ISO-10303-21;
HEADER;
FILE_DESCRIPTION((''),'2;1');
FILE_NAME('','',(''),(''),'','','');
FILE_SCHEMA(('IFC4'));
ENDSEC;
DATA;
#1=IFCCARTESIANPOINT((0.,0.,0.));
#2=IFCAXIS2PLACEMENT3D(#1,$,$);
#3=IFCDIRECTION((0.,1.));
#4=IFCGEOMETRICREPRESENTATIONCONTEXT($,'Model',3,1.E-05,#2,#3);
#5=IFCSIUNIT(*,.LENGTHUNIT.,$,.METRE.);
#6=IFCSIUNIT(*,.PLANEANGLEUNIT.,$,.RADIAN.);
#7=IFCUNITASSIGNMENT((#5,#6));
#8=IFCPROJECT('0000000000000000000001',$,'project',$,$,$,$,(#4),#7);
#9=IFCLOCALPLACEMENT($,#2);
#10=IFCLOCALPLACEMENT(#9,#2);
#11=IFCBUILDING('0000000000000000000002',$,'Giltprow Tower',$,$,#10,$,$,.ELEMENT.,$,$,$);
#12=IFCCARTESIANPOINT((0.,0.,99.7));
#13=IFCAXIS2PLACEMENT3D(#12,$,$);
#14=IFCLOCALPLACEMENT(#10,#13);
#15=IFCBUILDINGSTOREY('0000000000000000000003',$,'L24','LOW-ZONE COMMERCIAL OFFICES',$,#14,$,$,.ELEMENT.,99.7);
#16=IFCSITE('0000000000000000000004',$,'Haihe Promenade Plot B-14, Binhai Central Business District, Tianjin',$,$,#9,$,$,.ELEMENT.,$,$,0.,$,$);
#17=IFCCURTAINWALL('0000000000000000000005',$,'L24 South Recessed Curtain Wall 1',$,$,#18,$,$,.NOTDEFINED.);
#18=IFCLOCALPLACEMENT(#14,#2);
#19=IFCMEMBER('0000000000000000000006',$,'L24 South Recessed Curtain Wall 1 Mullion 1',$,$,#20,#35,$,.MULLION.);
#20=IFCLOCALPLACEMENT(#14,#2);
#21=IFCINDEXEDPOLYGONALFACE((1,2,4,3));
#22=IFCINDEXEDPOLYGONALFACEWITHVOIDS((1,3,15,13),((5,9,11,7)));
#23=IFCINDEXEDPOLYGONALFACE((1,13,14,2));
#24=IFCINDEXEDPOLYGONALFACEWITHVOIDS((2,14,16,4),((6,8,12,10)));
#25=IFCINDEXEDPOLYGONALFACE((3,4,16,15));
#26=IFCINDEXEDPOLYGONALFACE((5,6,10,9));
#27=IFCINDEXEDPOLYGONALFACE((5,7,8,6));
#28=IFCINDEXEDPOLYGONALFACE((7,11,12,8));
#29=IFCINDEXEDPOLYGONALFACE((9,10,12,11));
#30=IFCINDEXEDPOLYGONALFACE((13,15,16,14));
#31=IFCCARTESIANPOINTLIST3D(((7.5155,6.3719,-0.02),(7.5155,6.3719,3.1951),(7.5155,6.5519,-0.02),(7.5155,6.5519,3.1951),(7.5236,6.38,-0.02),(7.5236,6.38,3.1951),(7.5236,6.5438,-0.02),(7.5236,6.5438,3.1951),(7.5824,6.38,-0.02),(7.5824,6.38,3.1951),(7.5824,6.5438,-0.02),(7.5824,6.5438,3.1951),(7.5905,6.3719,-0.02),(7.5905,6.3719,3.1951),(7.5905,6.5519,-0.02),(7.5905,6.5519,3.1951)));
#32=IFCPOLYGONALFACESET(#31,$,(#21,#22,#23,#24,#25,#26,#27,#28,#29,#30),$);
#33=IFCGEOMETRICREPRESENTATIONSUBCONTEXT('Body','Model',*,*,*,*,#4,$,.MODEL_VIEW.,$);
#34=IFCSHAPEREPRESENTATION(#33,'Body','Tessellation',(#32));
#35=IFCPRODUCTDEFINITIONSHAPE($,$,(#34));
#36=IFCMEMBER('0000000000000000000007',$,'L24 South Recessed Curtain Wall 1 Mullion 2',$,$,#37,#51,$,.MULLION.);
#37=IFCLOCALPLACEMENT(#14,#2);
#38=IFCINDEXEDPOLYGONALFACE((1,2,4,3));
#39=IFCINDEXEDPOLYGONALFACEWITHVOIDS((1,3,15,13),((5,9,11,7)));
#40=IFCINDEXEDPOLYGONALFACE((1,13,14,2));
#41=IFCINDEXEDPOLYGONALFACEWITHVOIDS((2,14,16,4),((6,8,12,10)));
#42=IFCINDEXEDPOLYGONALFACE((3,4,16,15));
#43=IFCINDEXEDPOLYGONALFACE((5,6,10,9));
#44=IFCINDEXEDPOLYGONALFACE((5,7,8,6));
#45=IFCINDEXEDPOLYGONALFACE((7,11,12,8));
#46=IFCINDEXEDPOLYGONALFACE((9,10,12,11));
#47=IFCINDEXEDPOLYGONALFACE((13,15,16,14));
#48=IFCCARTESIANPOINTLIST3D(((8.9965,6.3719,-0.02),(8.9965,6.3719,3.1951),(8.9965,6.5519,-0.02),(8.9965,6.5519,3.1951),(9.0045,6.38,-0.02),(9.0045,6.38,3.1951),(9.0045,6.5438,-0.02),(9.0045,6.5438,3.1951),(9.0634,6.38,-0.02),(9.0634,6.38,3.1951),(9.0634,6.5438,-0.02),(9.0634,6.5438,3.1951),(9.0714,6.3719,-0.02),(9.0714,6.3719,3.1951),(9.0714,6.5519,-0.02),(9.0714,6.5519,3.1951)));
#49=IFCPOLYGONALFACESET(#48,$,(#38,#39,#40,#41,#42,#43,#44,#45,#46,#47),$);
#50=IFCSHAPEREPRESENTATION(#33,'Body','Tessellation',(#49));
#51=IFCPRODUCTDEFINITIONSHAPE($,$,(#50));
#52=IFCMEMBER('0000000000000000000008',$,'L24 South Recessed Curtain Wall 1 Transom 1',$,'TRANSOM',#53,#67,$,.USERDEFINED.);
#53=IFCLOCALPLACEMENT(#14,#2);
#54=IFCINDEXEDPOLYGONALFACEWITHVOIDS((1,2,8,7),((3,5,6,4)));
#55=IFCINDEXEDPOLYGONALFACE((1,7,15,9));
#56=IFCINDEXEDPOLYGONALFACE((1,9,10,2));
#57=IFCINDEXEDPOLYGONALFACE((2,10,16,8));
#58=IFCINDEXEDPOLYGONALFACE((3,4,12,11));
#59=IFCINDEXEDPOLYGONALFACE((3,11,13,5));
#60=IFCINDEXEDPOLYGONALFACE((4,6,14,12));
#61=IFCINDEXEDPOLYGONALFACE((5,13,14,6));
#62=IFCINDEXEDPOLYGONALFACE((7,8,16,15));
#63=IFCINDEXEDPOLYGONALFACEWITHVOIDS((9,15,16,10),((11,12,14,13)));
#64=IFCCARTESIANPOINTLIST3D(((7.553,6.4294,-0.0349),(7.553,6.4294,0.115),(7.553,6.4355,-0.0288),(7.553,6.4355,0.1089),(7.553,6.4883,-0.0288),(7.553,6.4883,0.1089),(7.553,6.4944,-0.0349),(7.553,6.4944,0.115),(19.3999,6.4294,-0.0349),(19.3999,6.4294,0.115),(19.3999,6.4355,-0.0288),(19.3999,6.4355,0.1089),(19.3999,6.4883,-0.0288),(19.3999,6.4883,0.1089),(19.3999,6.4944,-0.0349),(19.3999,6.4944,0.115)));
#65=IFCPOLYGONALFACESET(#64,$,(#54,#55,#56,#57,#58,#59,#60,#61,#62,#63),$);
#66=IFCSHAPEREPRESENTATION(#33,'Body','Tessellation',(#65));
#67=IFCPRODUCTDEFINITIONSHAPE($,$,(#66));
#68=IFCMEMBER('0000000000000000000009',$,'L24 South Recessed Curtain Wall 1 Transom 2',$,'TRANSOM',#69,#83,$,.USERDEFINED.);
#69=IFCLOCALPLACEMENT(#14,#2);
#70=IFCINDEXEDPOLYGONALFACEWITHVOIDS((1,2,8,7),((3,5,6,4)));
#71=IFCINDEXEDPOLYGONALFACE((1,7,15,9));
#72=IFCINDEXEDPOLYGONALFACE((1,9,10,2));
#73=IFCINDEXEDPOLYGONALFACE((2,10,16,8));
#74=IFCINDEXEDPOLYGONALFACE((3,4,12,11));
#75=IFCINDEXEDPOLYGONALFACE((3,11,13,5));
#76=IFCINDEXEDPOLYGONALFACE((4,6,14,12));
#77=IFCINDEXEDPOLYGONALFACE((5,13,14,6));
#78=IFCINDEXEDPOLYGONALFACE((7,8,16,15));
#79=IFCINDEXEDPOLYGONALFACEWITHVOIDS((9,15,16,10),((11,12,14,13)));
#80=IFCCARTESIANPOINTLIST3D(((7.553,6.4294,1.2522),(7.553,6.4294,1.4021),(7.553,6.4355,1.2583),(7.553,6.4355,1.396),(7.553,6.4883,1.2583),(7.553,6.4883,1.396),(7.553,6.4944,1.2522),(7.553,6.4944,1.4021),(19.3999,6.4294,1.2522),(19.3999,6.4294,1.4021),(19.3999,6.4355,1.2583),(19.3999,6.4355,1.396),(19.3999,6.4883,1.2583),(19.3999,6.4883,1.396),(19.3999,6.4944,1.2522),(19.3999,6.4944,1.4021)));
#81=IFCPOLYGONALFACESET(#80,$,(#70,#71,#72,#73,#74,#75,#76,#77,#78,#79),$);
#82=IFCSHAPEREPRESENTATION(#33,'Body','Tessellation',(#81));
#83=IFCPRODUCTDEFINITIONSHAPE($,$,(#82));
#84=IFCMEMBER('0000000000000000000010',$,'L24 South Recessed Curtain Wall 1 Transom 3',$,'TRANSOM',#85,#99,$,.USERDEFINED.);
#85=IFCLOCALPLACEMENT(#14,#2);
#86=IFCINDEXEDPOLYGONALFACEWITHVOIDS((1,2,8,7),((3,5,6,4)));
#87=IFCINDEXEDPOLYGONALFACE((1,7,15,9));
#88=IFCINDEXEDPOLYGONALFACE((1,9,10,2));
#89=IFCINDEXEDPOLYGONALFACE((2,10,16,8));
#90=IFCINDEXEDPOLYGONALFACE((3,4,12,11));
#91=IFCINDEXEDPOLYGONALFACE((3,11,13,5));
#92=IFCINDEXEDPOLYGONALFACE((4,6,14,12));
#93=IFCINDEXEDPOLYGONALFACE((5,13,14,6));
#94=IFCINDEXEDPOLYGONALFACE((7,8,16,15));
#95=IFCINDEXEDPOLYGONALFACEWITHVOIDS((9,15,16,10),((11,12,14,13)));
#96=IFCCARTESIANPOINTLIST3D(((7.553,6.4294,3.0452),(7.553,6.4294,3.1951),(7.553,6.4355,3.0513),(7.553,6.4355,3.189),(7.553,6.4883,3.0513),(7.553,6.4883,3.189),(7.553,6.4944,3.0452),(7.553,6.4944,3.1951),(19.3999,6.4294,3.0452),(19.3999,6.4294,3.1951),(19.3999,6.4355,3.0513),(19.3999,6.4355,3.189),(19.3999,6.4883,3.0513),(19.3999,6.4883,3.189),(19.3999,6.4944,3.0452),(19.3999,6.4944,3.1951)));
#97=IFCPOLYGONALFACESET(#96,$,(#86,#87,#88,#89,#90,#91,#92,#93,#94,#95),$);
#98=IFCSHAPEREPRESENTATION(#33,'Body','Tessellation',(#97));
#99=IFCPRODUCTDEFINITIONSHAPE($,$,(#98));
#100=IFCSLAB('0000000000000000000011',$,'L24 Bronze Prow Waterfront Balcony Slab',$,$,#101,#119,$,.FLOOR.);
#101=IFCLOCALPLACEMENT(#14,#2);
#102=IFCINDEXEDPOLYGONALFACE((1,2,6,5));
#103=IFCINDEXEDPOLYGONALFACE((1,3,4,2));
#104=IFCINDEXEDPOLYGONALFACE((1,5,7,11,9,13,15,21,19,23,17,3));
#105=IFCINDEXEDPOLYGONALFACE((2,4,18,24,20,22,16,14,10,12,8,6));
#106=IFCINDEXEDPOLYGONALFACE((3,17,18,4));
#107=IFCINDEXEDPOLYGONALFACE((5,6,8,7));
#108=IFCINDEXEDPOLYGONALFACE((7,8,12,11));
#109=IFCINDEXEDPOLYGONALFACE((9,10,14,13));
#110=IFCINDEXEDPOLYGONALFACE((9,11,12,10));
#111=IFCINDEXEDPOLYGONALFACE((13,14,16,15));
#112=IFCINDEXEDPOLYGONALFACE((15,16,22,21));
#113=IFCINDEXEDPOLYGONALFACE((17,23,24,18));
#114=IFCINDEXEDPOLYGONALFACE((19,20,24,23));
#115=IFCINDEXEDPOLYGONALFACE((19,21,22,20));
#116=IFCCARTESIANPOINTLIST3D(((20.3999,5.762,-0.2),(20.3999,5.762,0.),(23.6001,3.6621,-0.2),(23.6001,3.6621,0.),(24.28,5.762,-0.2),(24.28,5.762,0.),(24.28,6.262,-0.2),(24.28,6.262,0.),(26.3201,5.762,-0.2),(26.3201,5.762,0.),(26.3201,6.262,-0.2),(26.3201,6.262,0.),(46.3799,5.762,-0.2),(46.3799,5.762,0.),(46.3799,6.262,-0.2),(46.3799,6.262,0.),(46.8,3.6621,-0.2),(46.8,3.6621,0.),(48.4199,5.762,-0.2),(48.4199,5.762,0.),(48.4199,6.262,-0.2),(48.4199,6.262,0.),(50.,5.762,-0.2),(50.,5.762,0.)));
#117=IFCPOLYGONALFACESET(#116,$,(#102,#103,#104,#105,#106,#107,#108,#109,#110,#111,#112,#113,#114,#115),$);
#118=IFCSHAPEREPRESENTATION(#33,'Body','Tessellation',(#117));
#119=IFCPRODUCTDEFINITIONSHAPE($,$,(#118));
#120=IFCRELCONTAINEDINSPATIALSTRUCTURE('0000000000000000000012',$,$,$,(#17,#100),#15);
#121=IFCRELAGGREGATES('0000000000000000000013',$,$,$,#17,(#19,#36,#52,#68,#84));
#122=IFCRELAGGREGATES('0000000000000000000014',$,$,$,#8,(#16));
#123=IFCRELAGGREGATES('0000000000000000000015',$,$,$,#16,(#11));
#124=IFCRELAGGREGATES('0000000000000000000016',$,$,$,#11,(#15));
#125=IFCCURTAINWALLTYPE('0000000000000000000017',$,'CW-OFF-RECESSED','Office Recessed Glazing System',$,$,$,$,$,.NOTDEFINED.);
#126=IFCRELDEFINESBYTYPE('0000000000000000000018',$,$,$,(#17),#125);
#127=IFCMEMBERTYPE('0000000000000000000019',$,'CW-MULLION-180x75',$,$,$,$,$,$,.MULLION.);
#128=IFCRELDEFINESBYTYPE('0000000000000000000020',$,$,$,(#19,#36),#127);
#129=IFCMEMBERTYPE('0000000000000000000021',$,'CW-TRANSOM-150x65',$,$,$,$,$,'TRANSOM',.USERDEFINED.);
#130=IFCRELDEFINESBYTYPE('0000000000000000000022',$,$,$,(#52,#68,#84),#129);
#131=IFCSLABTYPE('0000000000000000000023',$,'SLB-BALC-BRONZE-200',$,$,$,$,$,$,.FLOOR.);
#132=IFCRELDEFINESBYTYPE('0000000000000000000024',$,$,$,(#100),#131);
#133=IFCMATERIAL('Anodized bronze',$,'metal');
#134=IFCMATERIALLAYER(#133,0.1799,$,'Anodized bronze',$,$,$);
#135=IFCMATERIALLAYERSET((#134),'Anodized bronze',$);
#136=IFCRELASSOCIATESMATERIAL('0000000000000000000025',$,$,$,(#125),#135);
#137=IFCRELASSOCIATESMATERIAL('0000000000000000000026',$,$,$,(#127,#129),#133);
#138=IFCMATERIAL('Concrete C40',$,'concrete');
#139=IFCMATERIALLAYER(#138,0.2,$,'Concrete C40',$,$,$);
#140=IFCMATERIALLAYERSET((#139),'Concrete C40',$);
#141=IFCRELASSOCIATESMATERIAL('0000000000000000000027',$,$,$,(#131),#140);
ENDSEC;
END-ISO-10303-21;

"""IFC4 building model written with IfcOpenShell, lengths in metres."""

from ifc_helpers import new_model, si_unit, direction, frame, origin, origin_2d, place, context, subcontext, project, spatial, polyline, hollow_rectangle, outline, extrude, source, transform, mapped, material, layer, layer_set, material_profile, profile_set, type_object, element, aggregate, save


model = new_model("IFC4")

# Units and contexts
model_context = context("Model", 3, precision=1e-05, world=origin(), true_north=direction((0.0, 1.0)))
body_context = subcontext(model_context, "Body", "Model", "MODEL_VIEW")
ifc_project = project(units=[si_unit("LENGTHUNIT", "METRE"), si_unit("PLANEANGLEUNIT", "RADIAN")], contexts=[model_context])

# Site, building, storey
site_placement = place(None, origin())
site = spatial("IfcSite", under=ifc_project, at=site_placement, Name="Haihe Promenade Plot B-14, Binhai Central Business District, Tianjin", CompositionType="ELEMENT", RefElevation=0.0)
building_placement = place(site_placement, origin())
building = spatial("IfcBuilding", under=site, at=building_placement, Name="Giltprow Tower", CompositionType="ELEMENT")
storey_placement = place(building_placement, frame((0.0, 0.0, 99.7)))
storey = spatial("IfcBuildingStorey", under=building, at=storey_placement, Name="L24", Description="LOW-ZONE COMMERCIAL OFFICES", CompositionType="ELEMENT", Elevation=99.7)

# Curtain wall, members
ifc_material_1 = material(Name="Anodized bronze", Category="metal")
ifc_layer_1 = layer(ifc_material_1, 0.1799, Name="Anodized bronze")
ifc_layer_set_1 = layer_set([ifc_layer_1], Name="Anodized bronze")
curtain_wall_type = type_object("IfcCurtainWallType", Name="CW-OFF-RECESSED", Description="Office Recessed Glazing System", PredefinedType="NOTDEFINED", material=ifc_layer_set_1)
curtain_wall_placement = place(storey_placement, origin())
curtain_wall = element("IfcCurtainWall", 1, at=curtain_wall_placement, inside=storey, type_object=curtain_wall_type, Name="L24 South Recessed Curtain Wall 1", PredefinedType="NOTDEFINED")
ifc_material_profile_1 = material_profile(ifc_material_1, hollow_rectangle(XDim=0.075, YDim=0.1799, WallThickness=0.0081, at=origin_2d()), Name="RHS 180x75x8")
ifc_profile_set_1 = profile_set([ifc_material_profile_1], Name="Anodized bronze")
member_type_1 = type_object("IfcMemberType", Name="CW-MULLION-180x75", PredefinedType="MULLION", material=ifc_profile_set_1)
shared_shape_1 = source(origin(), body_context, "Body", "SweptSolid", [
    extrude(hollow_rectangle(XDim=0.075, YDim=0.1799, WallThickness=0.0081, at=origin_2d()), origin(), (0.0, 0.0, 1.0), 3.2151),
])
member_1_placement = place(storey_placement, frame((7.553, 6.4619, -0.02), z_axis=(0.0, 0.0, 1.0), x_axis=(1.0, 0.0, 0.0)))
member_1 = element("IfcMember", 2, at=member_1_placement, type_object=member_type_1, Name="L24 South Recessed Curtain Wall 1 Mullion 1", PredefinedType="MULLION", context=body_context, shape_type="MappedRepresentation", body=[
    mapped(shared_shape_1, transform((0.0, 0.0, 0.0), x_axis=(1.0, 0.0, 0.0), y_axis=(0.0, 1.0, 0.0), z_axis=(0.0, 0.0, 1.0), scale=1.0)),
])
member_2_placement = place(storey_placement, frame((9.0339, 6.4619, -0.02), z_axis=(0.0, 0.0, 1.0), x_axis=(1.0, 0.0, 0.0)))
member_2 = element("IfcMember", 3, at=member_2_placement, type_object=member_type_1, Name="L24 South Recessed Curtain Wall 1 Mullion 2", PredefinedType="MULLION", context=body_context, shape_type="MappedRepresentation", body=[
    mapped(shared_shape_1, transform((0.0, 0.0, 0.0), x_axis=(1.0, 0.0, 0.0), y_axis=(0.0, 1.0, 0.0), z_axis=(0.0, 0.0, 1.0), scale=1.0)),
])
ifc_material_profile_2 = material_profile(ifc_material_1, hollow_rectangle(XDim=0.0649, YDim=0.1499, WallThickness=0.0061, at=origin_2d()), Name="RHS 150x65x6")
ifc_profile_set_2 = profile_set([ifc_material_profile_2], Name="Anodized bronze")
member_type_2 = type_object("IfcMemberType", Name="CW-TRANSOM-150x65", ElementType="TRANSOM", PredefinedType="USERDEFINED", material=ifc_profile_set_2)
shared_shape_2 = source(origin(), body_context, "Body", "SweptSolid", [
    extrude(hollow_rectangle(XDim=0.0649, YDim=0.1499, WallThickness=0.0061, at=origin_2d()), origin(), (0.0, 0.0, 1.0), 11.8469),
])
member_3_placement = place(storey_placement, frame((7.553, 6.4619, 0.04), z_axis=(1.0, 0.0, 0.0), x_axis=(0.0, 1.0, 0.0)))
member_3 = element("IfcMember", 4, at=member_3_placement, type_object=member_type_2, Name="L24 South Recessed Curtain Wall 1 Transom 1", ObjectType="TRANSOM", PredefinedType="USERDEFINED", context=body_context, shape_type="MappedRepresentation", body=[
    mapped(shared_shape_2, transform((0.0, 0.0, 0.0), x_axis=(1.0, 0.0, 0.0), y_axis=(0.0, 1.0, 0.0), z_axis=(0.0, 0.0, 1.0), scale=1.0)),
])
member_4_placement = place(storey_placement, frame((7.553, 6.4619, 1.3271), z_axis=(1.0, 0.0, 0.0), x_axis=(0.0, 1.0, 0.0)))
member_4 = element("IfcMember", 5, at=member_4_placement, type_object=member_type_2, Name="L24 South Recessed Curtain Wall 1 Transom 2", ObjectType="TRANSOM", PredefinedType="USERDEFINED", context=body_context, shape_type="MappedRepresentation", body=[
    mapped(shared_shape_2, transform((0.0, 0.0, 0.0), x_axis=(1.0, 0.0, 0.0), y_axis=(0.0, 1.0, 0.0), z_axis=(0.0, 0.0, 1.0), scale=1.0)),
])
member_5_placement = place(storey_placement, frame((7.553, 6.4619, 3.1201), z_axis=(1.0, 0.0, 0.0), x_axis=(0.0, 1.0, 0.0)))
member_5 = element("IfcMember", 6, at=member_5_placement, type_object=member_type_2, Name="L24 South Recessed Curtain Wall 1 Transom 3", ObjectType="TRANSOM", PredefinedType="USERDEFINED", context=body_context, shape_type="MappedRepresentation", body=[
    mapped(shared_shape_2, transform((0.0, 0.0, 0.0), x_axis=(1.0, 0.0, 0.0), y_axis=(0.0, 1.0, 0.0), z_axis=(0.0, 0.0, 1.0), scale=1.0)),
])

# Slab
ifc_material_2 = material(Name="Concrete C40", Category="concrete")
ifc_layer_2 = layer(ifc_material_2, 0.2, Name="Concrete C40")
ifc_layer_set_2 = layer_set([ifc_layer_2], Name="Concrete C40")
slab_type_1 = type_object("IfcSlabType", Name="SLB-BALC-BRONZE-200", PredefinedType="FLOOR", material=ifc_layer_set_2)
slab_1_placement = place(storey_placement, frame((0.0, 0.0, -0.2)))
element("IfcSlab", 7, at=slab_1_placement, inside=storey, type_object=slab_type_1, Name="L24 Bronze Prow Waterfront Balcony Slab", PredefinedType="FLOOR", context=body_context, shape_type="SweptSolid", body=[
    extrude(outline(polyline([(50.0, 5.762), (46.8, 3.6621), (23.6001, 3.6621), (20.3999, 5.762), (24.28, 5.762), (24.28, 6.262), (26.3201, 6.262), (26.3201, 5.762), (46.3799, 5.762), (46.3799, 6.262), (48.4199, 6.262), (48.4199, 5.762), (50.0, 5.762)])), origin(), (0.0, 0.0, 1.0), 0.2),
])

aggregate(curtain_wall, [member_1, member_2, member_3, member_4, member_5])

save(model, "model.ifc")
